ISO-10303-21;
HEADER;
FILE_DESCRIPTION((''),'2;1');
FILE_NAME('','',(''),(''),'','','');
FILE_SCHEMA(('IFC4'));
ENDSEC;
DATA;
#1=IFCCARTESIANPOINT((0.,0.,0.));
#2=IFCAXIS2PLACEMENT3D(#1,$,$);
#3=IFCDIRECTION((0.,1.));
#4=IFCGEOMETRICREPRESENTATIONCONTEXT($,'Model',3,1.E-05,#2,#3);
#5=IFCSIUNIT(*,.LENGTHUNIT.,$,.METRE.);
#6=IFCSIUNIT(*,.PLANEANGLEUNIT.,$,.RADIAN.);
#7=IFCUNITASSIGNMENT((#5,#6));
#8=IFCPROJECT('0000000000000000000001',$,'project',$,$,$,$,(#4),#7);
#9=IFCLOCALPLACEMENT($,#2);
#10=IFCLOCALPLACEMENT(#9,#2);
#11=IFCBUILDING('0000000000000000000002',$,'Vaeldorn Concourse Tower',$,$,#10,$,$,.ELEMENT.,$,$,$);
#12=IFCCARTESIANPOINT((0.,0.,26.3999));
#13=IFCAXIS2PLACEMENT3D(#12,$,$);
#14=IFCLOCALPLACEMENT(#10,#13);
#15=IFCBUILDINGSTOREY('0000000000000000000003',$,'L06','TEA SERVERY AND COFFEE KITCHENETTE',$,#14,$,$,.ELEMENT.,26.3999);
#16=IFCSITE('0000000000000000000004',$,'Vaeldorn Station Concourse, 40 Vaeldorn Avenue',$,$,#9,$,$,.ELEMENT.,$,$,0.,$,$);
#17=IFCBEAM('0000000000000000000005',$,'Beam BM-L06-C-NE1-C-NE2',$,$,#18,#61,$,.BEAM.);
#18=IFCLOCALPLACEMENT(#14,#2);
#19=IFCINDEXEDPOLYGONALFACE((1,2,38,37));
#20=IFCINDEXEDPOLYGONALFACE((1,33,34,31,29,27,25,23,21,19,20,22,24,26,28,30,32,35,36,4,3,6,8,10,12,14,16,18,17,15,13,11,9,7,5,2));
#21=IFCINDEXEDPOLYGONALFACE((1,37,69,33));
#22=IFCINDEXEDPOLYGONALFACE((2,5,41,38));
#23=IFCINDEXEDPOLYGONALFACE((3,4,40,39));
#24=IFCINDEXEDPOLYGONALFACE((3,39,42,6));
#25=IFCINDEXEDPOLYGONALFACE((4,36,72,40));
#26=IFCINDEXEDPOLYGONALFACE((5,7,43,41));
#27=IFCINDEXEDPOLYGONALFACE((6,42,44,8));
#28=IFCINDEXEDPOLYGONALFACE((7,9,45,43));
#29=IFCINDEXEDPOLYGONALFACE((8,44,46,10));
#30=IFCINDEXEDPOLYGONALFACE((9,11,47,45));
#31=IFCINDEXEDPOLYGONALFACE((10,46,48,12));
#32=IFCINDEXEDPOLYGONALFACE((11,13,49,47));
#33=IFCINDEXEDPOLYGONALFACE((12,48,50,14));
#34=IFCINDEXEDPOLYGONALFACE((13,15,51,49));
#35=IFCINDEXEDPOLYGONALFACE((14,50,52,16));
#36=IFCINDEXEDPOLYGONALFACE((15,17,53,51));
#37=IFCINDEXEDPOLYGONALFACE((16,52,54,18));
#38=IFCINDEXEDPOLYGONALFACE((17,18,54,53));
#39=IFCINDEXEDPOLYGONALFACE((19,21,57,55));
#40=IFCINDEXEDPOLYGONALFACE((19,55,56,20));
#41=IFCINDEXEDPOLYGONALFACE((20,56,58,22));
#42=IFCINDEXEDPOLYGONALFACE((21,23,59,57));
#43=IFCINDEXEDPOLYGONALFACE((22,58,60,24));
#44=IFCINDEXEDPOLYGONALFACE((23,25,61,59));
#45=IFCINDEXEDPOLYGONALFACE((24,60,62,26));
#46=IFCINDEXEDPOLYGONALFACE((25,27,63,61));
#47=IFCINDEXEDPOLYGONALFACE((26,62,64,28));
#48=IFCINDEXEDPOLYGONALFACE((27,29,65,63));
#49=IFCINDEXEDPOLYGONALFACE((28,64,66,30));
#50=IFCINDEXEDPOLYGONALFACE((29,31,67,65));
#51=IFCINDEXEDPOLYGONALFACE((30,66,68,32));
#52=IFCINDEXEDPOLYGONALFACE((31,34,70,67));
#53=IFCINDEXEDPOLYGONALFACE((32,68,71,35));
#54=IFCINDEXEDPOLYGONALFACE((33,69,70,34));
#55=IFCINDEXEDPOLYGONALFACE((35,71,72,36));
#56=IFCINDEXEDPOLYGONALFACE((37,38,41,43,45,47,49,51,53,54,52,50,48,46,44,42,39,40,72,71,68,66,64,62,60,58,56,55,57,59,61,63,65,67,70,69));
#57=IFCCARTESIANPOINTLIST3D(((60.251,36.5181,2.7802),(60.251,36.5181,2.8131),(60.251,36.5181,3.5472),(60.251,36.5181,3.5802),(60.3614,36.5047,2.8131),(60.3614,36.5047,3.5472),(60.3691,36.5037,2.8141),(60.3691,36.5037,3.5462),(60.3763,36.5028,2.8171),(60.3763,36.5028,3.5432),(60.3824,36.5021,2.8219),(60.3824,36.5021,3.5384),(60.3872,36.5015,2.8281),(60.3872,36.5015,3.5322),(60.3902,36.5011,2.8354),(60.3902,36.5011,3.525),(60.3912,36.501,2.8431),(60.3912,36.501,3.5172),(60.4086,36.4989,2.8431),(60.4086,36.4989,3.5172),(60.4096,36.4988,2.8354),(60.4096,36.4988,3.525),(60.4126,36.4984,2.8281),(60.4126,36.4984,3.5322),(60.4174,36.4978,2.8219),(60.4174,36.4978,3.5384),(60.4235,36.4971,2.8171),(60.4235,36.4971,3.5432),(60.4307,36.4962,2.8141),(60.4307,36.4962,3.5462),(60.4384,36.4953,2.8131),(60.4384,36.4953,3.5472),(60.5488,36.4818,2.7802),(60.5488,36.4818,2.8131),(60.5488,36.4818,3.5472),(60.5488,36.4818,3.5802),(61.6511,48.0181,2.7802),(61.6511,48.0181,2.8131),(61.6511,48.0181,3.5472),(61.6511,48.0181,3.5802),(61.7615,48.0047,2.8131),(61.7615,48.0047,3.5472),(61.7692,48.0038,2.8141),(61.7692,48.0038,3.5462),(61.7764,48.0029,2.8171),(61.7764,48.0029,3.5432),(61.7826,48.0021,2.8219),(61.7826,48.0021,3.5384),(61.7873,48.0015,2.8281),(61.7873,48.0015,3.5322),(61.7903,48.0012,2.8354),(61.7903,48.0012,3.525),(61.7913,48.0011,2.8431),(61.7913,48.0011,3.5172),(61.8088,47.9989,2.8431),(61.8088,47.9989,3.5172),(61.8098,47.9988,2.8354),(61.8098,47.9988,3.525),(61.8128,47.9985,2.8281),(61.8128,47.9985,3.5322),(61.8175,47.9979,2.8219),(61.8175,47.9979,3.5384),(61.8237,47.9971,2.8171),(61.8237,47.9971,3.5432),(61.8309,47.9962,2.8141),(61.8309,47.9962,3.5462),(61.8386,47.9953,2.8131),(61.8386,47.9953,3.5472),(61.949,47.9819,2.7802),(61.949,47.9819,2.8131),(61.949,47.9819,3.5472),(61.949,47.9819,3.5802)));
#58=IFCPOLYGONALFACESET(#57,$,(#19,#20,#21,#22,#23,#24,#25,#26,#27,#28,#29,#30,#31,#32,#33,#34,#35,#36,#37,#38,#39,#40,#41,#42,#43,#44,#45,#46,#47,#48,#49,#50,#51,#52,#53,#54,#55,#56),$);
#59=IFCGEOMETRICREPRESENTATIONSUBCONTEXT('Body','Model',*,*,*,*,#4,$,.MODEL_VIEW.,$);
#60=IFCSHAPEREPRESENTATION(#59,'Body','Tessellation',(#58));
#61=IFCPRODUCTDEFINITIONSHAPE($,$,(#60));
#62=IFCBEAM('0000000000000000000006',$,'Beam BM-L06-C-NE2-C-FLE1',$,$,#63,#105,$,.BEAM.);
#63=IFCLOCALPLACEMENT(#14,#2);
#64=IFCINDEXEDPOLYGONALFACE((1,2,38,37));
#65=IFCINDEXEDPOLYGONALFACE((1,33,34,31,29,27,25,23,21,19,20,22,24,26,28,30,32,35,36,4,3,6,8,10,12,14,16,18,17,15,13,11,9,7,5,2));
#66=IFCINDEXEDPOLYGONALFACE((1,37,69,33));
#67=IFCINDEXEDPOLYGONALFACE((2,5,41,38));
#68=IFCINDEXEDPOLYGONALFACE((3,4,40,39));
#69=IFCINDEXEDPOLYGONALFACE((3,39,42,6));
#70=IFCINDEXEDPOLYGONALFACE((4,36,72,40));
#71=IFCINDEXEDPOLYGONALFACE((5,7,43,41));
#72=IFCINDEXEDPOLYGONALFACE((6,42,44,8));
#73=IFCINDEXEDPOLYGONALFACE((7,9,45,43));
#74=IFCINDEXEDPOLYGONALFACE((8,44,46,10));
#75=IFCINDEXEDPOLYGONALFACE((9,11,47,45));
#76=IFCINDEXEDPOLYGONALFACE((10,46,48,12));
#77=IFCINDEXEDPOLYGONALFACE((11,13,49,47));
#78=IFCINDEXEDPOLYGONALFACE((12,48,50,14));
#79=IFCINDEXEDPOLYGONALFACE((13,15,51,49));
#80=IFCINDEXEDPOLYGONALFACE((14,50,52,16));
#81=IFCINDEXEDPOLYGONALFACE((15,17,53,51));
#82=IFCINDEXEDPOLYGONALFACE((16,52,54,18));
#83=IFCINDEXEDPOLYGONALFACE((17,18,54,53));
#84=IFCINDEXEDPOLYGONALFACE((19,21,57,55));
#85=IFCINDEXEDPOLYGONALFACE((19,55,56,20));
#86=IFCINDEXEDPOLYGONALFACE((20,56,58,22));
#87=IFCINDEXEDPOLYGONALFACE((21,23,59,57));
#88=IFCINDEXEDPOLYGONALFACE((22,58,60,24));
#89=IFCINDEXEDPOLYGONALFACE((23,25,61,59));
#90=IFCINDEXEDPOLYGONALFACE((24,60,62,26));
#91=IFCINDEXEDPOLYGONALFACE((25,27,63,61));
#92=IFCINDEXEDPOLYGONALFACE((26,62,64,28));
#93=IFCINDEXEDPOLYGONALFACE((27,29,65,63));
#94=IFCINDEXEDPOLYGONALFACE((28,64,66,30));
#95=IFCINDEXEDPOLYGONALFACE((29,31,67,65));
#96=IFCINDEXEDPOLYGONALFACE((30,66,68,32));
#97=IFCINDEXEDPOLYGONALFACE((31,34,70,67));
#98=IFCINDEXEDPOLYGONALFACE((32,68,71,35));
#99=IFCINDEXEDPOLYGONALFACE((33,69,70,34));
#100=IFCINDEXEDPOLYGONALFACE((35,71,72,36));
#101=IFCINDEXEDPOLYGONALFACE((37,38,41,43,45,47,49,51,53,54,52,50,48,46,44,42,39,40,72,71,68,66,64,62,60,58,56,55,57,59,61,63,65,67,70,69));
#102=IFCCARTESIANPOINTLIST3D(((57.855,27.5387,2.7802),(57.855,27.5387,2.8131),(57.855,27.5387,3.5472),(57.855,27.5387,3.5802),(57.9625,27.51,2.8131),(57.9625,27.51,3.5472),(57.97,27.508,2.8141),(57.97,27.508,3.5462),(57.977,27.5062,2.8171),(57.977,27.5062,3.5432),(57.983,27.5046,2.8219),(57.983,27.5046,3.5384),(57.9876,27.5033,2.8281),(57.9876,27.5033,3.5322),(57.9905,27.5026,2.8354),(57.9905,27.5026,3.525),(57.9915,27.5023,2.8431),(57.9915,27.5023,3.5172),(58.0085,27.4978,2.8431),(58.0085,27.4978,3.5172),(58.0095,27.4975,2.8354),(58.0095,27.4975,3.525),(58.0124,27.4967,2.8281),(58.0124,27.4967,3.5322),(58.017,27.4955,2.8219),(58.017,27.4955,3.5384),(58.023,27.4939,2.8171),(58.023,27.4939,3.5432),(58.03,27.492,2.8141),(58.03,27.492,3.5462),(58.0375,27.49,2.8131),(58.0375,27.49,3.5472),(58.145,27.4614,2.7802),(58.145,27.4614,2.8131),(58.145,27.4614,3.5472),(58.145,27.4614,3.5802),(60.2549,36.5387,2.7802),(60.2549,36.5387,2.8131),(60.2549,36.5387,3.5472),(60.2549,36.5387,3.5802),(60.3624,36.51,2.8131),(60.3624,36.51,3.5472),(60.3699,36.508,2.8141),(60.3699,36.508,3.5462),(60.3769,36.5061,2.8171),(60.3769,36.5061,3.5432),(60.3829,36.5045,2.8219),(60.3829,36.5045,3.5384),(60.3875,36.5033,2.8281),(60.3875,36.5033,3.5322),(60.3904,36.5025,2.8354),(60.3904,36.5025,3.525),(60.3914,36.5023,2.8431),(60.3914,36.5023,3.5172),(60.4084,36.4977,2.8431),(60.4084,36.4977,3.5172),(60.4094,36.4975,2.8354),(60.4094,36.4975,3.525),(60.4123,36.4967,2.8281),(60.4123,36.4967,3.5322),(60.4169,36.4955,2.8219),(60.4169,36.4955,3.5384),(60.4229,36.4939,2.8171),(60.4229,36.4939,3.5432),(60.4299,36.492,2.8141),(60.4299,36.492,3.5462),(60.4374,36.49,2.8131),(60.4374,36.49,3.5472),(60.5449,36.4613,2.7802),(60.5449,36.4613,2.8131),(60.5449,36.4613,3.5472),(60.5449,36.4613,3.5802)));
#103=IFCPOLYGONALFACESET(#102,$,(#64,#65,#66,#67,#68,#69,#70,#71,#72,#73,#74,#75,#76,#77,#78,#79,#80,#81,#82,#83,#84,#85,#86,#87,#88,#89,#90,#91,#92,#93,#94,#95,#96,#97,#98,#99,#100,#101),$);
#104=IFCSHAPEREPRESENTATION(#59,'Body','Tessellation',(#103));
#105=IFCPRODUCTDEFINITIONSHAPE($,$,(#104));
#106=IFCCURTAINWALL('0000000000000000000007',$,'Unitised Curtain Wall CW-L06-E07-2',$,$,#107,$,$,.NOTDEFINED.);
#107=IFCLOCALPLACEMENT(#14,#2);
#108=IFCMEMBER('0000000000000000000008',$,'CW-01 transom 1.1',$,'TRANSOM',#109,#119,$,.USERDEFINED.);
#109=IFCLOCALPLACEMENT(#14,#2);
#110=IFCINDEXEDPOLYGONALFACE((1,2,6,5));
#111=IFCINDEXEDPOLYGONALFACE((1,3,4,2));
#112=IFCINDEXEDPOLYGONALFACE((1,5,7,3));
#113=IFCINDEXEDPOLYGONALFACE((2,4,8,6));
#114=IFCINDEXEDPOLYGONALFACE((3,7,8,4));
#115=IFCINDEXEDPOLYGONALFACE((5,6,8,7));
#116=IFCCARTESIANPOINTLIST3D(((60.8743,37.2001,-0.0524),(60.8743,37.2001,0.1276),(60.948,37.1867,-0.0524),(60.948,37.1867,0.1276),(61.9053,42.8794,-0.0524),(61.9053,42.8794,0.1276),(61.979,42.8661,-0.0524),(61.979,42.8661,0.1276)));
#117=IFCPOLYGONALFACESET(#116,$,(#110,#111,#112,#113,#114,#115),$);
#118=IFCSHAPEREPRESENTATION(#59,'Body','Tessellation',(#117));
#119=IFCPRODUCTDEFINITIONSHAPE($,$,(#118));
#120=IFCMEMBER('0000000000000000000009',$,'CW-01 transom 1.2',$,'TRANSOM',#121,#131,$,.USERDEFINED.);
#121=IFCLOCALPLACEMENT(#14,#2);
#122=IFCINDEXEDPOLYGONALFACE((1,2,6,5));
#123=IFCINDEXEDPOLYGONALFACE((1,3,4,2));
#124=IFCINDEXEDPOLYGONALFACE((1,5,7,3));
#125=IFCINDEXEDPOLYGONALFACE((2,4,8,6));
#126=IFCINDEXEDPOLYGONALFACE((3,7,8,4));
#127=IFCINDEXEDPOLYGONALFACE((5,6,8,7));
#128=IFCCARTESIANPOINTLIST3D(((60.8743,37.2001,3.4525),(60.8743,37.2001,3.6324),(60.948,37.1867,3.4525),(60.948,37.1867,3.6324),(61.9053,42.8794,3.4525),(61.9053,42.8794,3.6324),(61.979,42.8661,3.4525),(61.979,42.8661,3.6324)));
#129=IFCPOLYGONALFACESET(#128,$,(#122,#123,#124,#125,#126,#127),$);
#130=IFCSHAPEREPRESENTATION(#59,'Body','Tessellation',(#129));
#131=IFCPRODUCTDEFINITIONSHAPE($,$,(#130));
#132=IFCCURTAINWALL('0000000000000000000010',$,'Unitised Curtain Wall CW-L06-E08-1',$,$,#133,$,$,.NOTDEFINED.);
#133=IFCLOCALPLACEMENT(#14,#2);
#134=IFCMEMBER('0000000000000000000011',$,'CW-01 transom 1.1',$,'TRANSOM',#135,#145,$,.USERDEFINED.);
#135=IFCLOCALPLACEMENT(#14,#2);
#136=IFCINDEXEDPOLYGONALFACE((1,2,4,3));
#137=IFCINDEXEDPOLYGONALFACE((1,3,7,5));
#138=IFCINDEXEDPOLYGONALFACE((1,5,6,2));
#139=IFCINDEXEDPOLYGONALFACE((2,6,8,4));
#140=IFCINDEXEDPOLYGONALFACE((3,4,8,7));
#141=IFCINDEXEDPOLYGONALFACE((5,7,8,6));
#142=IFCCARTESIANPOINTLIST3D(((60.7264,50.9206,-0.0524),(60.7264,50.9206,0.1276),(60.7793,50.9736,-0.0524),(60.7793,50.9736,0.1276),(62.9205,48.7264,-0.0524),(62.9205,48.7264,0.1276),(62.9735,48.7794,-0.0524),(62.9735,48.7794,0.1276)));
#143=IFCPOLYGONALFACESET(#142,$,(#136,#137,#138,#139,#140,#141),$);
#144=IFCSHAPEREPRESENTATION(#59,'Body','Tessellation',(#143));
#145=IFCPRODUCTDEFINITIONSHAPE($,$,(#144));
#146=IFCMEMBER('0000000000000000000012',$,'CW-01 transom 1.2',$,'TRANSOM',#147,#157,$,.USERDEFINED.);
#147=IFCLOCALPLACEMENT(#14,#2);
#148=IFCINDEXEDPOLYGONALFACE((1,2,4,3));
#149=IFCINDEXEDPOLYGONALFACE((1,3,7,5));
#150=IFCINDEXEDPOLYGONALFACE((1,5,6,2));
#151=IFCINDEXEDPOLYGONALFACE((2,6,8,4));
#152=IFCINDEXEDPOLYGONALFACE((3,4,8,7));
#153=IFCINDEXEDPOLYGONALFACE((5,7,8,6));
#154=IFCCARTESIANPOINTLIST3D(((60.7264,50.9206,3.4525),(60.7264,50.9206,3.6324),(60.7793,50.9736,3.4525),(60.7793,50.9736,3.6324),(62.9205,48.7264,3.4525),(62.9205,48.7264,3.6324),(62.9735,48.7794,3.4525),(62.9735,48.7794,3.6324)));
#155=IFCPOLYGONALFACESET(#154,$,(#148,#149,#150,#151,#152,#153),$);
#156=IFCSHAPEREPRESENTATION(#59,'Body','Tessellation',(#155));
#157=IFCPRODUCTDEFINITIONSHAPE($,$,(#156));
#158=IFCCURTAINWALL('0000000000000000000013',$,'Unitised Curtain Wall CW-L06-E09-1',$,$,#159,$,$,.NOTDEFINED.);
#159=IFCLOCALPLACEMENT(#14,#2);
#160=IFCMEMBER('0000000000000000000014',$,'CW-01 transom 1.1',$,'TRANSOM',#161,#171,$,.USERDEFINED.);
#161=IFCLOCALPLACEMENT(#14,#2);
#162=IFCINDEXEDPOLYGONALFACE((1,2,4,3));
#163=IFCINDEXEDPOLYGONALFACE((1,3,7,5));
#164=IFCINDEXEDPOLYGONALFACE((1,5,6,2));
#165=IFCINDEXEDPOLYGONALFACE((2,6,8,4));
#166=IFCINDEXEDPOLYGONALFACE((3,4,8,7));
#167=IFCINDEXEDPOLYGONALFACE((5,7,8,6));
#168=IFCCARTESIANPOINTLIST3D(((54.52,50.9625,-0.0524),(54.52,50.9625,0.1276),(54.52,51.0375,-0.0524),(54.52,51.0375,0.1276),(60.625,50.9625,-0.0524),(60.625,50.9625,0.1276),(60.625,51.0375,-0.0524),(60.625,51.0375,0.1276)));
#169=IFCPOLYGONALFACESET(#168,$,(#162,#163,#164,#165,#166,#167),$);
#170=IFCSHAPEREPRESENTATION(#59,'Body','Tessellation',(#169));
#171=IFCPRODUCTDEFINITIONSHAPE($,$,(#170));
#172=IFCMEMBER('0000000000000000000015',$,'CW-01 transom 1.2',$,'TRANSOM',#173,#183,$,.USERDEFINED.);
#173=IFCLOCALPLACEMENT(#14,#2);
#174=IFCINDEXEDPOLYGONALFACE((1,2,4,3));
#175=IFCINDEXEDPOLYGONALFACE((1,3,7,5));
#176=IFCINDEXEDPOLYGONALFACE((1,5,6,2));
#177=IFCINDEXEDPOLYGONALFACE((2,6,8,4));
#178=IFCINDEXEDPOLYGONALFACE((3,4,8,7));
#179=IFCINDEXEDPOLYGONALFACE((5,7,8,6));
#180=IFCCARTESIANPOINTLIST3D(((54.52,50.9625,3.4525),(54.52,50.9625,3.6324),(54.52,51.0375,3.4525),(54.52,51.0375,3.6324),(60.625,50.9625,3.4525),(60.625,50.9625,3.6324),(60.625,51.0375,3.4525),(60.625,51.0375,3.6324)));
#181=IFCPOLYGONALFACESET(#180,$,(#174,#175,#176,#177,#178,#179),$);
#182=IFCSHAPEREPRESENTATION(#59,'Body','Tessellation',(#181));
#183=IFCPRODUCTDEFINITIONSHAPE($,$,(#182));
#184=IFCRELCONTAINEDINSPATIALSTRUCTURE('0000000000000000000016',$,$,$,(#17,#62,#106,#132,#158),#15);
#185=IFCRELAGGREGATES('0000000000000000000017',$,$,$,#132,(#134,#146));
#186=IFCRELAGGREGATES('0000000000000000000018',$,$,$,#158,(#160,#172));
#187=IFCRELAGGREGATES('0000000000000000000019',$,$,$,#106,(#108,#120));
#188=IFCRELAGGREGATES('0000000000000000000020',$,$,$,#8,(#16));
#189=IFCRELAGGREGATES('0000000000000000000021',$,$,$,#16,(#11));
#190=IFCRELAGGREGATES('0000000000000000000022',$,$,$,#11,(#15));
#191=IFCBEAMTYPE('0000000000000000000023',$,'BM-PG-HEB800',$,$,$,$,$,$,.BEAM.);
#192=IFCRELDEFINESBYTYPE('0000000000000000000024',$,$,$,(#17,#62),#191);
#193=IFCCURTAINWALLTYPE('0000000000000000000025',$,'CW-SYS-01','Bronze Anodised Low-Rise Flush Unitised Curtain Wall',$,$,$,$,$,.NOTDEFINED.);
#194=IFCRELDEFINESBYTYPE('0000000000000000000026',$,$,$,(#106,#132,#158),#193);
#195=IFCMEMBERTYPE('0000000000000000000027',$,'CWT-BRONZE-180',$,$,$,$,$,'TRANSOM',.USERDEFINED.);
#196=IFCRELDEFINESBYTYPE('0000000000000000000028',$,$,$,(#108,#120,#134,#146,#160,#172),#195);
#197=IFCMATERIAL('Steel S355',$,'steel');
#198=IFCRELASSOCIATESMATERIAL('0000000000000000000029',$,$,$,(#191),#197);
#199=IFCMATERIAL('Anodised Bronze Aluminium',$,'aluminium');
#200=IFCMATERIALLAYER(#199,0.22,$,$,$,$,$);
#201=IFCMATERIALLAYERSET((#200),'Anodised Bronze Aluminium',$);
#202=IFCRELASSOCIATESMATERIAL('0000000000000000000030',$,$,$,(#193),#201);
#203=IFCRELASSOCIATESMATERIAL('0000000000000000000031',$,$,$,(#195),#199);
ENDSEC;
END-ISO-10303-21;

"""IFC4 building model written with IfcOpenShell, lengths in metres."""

from ifc_helpers import new_model, si_unit, direction, frame, origin, origin_2d, place, context, subcontext, project, spatial, rectangle, i_section, extrude, source, transform, mapped, material, layer, layer_set, material_profile, profile_set, type_object, element, aggregate, save


model = new_model("IFC4")

# Units and contexts
model_context = context("Model", 3, precision=1e-05, world=origin(), true_north=direction((0.0, 1.0)))
body_context = subcontext(model_context, "Body", "Model", "MODEL_VIEW")
ifc_project = project(units=[si_unit("LENGTHUNIT", "METRE"), si_unit("PLANEANGLEUNIT", "RADIAN")], contexts=[model_context])

# Site, building, storey
site_placement = place(None, origin())
site = spatial("IfcSite", under=ifc_project, at=site_placement, Name="Vaeldorn Station Concourse, 40 Vaeldorn Avenue", CompositionType="ELEMENT", RefElevation=0.0)
building_placement = place(site_placement, origin())
building = spatial("IfcBuilding", under=site, at=building_placement, Name="Vaeldorn Concourse Tower", CompositionType="ELEMENT")
storey_placement = place(building_placement, frame((0.0, 0.0, 26.3999)))
storey = spatial("IfcBuildingStorey", under=building, at=storey_placement, Name="L06", Description="TEA SERVERY AND COFFEE KITCHENETTE", CompositionType="ELEMENT", Elevation=26.3999)

# Beams
ifc_material_1 = material(Name="Steel S355", Category="steel")
ifc_material_profile_1 = material_profile(ifc_material_1, i_section(OverallWidth=0.3, OverallDepth=0.8, WebThickness=0.0176, FlangeThickness=0.033, FilletRadius=0.03, at=origin_2d()), Name="HEB 800")
ifc_profile_set_1 = profile_set([ifc_material_profile_1], Name="Steel S355")
beam_type = type_object("IfcBeamType", Name="BM-PG-HEB800", PredefinedType="BEAM", material=ifc_profile_set_1)
shared_shape_1 = source(origin(), body_context, "Body", "SweptSolid", [
    extrude(i_section(OverallWidth=0.3, OverallDepth=0.8, WebThickness=0.0176, FlangeThickness=0.033, FilletRadius=0.03, at=origin_2d()), origin(), (0.0, 0.0, 1.0), 11.585),
])
beam_1_placement = place(storey_placement, frame((61.8, 48.0, 3.1802), z_axis=(-0.120859, -0.99267, 0.0), x_axis=(0.99267, -0.120859, 0.0)))
element("IfcBeam", 1, at=beam_1_placement, inside=storey, type_object=beam_type, Name="Beam BM-L06-C-NE1-C-NE2", PredefinedType="BEAM", context=body_context, shape_type="MappedRepresentation", body=[
    mapped(shared_shape_1, transform((0.0, 0.0, 0.0), scale=1.0)),
])
shared_shape_2 = source(origin(), body_context, "Body", "SweptSolid", [
    extrude(i_section(OverallWidth=0.3, OverallDepth=0.8, WebThickness=0.0176, FlangeThickness=0.033, FilletRadius=0.03, at=origin_2d()), origin(), (0.0, 0.0, 1.0), 9.3145),
])
beam_2_placement = place(storey_placement, frame((60.3999, 36.5, 3.1802), z_axis=(-0.257653, -0.966238, 0.0), x_axis=(0.966238, -0.257653, 0.0)))
element("IfcBeam", 2, at=beam_2_placement, inside=storey, type_object=beam_type, Name="Beam BM-L06-C-NE2-C-FLE1", PredefinedType="BEAM", context=body_context, shape_type="MappedRepresentation", body=[
    mapped(shared_shape_2, transform((0.0, 0.0, 0.0), scale=1.0)),
])

# Curtain walls, members
ifc_material_2 = material(Name="Anodised Bronze Aluminium", Category="aluminium")
ifc_layer_1 = layer(ifc_material_2, 0.22)
ifc_layer_set_1 = layer_set([ifc_layer_1], Name="Anodised Bronze Aluminium")
curtain_wall_type = type_object("IfcCurtainWallType", Name="CW-SYS-01", Description="Bronze Anodised Low-Rise Flush Unitised Curtain Wall", PredefinedType="NOTDEFINED", material=ifc_layer_set_1)
curtain_wall_1_placement = place(storey_placement, origin())
curtain_wall_1 = element("IfcCurtainWall", 3, at=curtain_wall_1_placement, inside=storey, type_object=curtain_wall_type, Name="Unitised Curtain Wall CW-L06-E07-2", PredefinedType="NOTDEFINED")
ifc_material_profile_2 = material_profile(ifc_material_2, rectangle(XDim=0.075, YDim=0.1799, at=origin_2d()), Name="CWT 75x180")
ifc_profile_set_2 = profile_set([ifc_material_profile_2], Name="Anodised Bronze Aluminium")
member_type_1 = type_object("IfcMemberType", Name="CWT-BRONZE-180", ElementType="TRANSOM", PredefinedType="USERDEFINED", material=ifc_profile_set_2)
shared_shape_3 = source(origin(), body_context, "Body", "SweptSolid", [
    extrude(rectangle(XDim=0.075, YDim=0.1799, at=origin_2d()), origin(), (0.0, 0.0, 1.0), 5.7722),
])
member_1_placement = place(storey_placement, frame((60.9111, 37.1934, 0.0376), z_axis=(0.178614, 0.983919, 0.0), x_axis=(-0.983919, 0.178614, 0.0)))
member_1 = element("IfcMember", 4, at=member_1_placement, type_object=member_type_1, Name="CW-01 transom 1.1", ObjectType="TRANSOM", PredefinedType="USERDEFINED", context=body_context, shape_type="MappedRepresentation", body=[
    mapped(shared_shape_3, transform((0.0, 0.0, 0.0), scale=1.0)),
])
member_2_placement = place(storey_placement, frame((60.9111, 37.1934, 3.5425), z_axis=(0.178614, 0.983919, 0.0), x_axis=(-0.983919, 0.178614, 0.0)))
member_2 = element("IfcMember", 5, at=member_2_placement, type_object=member_type_1, Name="CW-01 transom 1.2", ObjectType="TRANSOM", PredefinedType="USERDEFINED", context=body_context, shape_type="MappedRepresentation", body=[
    mapped(shared_shape_3, transform((0.0, 0.0, 0.0), scale=1.0)),
])
curtain_wall_2_placement = place(storey_placement, origin())
curtain_wall_2 = element("IfcCurtainWall", 6, at=curtain_wall_2_placement, inside=storey, type_object=curtain_wall_type, Name="Unitised Curtain Wall CW-L06-E08-1", PredefinedType="NOTDEFINED")
shared_shape_4 = source(origin(), body_context, "Body", "SweptSolid", [
    extrude(rectangle(XDim=0.075, YDim=0.1799, at=origin_2d()), origin(), (0.0, 0.0, 1.0), 3.103),
])
member_3_placement = place(storey_placement, frame((62.947, 48.7529, 0.0376), z_axis=(-0.707107, 0.707107, 0.0), x_axis=(-0.707107, -0.707107, 0.0)))
member_3 = element("IfcMember", 7, at=member_3_placement, type_object=member_type_1, Name="CW-01 transom 1.1", ObjectType="TRANSOM", PredefinedType="USERDEFINED", context=body_context, shape_type="MappedRepresentation", body=[
    mapped(shared_shape_4, transform((0.0, 0.0, 0.0), scale=1.0)),
])
member_4_placement = place(storey_placement, frame((62.947, 48.7529, 3.5425), z_axis=(-0.707107, 0.707107, 0.0), x_axis=(-0.707107, -0.707107, 0.0)))
member_4 = element("IfcMember", 8, at=member_4_placement, type_object=member_type_1, Name="CW-01 transom 1.2", ObjectType="TRANSOM", PredefinedType="USERDEFINED", context=body_context, shape_type="MappedRepresentation", body=[
    mapped(shared_shape_4, transform((0.0, 0.0, 0.0), scale=1.0)),
])
curtain_wall_3_placement = place(storey_placement, origin())
curtain_wall_3 = element("IfcCurtainWall", 9, at=curtain_wall_3_placement, inside=storey, type_object=curtain_wall_type, Name="Unitised Curtain Wall CW-L06-E09-1", PredefinedType="NOTDEFINED")
shared_shape_5 = source(origin(), body_context, "Body", "SweptSolid", [
    extrude(rectangle(XDim=0.075, YDim=0.1799, at=origin_2d()), origin(), (0.0, 0.0, 1.0), 6.105),
])
member_5_placement = place(storey_placement, frame((60.625, 51.0, 0.0376), z_axis=(-1.0, 0.0, 0.0), x_axis=(0.0, -1.0, 0.0)))
member_5 = element("IfcMember", 10, at=member_5_placement, type_object=member_type_1, Name="CW-01 transom 1.1", ObjectType="TRANSOM", PredefinedType="USERDEFINED", context=body_context, shape_type="MappedRepresentation", body=[
    mapped(shared_shape_5, transform((0.0, 0.0, 0.0), scale=1.0)),
])
member_6_placement = place(storey_placement, frame((60.625, 51.0, 3.5425), z_axis=(-1.0, 0.0, 0.0), x_axis=(0.0, -1.0, 0.0)))
member_6 = element("IfcMember", 11, at=member_6_placement, type_object=member_type_1, Name="CW-01 transom 1.2", ObjectType="TRANSOM", PredefinedType="USERDEFINED", context=body_context, shape_type="MappedRepresentation", body=[
    mapped(shared_shape_5, transform((0.0, 0.0, 0.0), scale=1.0)),
])

aggregate(curtain_wall_2, [member_3, member_4])
aggregate(curtain_wall_3, [member_5, member_6])
aggregate(curtain_wall_1, [member_1, member_2])

save(model, "model.ifc")
